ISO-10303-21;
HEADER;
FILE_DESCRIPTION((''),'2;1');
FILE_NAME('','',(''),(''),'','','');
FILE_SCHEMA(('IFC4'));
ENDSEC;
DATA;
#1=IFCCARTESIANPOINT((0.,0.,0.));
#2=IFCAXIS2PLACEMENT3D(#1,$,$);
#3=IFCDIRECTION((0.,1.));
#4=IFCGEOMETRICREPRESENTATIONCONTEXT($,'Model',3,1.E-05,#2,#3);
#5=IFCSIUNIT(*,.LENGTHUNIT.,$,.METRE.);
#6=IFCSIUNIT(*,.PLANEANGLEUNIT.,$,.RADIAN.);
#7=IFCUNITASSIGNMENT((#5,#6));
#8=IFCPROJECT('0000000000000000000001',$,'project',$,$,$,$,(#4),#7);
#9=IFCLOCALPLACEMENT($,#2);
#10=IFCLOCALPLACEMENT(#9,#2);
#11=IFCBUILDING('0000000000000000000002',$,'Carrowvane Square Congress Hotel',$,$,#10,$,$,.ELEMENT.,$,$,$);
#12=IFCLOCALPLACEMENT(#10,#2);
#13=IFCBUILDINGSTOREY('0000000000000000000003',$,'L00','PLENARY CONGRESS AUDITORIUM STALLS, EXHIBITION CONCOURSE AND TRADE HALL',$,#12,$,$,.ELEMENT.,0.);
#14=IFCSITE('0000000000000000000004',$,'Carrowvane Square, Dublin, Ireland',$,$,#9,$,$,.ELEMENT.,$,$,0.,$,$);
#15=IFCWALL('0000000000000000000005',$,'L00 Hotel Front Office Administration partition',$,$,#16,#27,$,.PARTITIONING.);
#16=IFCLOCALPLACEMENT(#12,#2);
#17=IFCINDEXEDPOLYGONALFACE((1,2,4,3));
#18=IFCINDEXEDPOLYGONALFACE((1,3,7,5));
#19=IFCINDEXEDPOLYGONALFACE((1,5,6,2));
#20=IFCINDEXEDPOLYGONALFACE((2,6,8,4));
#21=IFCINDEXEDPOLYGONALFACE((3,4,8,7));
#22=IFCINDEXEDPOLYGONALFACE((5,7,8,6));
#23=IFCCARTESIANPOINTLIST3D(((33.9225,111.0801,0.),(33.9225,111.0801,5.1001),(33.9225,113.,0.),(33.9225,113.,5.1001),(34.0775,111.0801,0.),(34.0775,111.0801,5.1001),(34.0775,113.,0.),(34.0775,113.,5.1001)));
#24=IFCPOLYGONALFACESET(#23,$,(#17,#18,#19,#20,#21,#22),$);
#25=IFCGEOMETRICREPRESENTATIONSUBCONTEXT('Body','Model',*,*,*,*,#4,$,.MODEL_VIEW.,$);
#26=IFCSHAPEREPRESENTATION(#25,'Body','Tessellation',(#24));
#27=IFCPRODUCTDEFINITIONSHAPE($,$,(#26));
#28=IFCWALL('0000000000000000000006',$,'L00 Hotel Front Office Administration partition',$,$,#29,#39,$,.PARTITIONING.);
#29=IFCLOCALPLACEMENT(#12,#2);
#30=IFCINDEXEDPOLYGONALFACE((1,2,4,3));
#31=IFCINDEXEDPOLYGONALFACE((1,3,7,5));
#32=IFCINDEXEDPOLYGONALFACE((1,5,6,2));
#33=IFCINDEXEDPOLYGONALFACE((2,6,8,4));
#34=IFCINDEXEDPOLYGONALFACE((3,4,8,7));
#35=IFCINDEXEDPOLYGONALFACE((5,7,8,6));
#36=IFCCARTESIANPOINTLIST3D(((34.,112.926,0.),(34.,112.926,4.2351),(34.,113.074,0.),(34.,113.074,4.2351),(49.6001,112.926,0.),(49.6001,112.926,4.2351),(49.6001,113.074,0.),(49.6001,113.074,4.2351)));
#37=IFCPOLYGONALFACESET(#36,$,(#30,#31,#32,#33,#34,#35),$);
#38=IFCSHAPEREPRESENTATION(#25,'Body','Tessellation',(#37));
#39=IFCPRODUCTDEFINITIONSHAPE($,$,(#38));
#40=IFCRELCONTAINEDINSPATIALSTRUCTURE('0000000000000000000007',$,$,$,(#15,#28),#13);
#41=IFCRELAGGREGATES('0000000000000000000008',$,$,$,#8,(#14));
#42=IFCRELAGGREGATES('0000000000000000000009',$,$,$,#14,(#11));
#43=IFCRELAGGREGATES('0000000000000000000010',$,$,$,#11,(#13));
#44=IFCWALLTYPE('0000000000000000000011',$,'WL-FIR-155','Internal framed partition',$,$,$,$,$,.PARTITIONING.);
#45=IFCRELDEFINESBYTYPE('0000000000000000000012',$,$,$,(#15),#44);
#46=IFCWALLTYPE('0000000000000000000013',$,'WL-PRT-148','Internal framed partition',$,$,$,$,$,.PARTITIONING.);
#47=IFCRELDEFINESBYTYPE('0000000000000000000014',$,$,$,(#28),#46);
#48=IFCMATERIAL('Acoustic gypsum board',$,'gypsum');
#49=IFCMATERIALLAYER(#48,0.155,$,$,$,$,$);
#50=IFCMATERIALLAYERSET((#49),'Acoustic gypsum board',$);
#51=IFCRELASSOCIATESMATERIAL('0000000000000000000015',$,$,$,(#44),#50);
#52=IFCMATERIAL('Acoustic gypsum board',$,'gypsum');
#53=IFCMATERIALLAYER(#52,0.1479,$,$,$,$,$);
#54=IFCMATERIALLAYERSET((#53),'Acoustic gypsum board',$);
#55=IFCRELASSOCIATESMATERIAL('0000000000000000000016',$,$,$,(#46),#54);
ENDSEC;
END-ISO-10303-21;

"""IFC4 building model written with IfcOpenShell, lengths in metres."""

from ifc_helpers import new_model, si_unit, direction, frame, frame_2d, origin, place, context, subcontext, project, spatial, rectangle, extrude, material, layer, layer_set, type_object, element, save


model = new_model("IFC4")

# Units and contexts
model_context = context("Model", 3, precision=1e-05, world=origin(), true_north=direction((0.0, 1.0)))
body_context = subcontext(model_context, "Body", "Model", "MODEL_VIEW")
ifc_project = project(units=[si_unit("LENGTHUNIT", "METRE"), si_unit("PLANEANGLEUNIT", "RADIAN")], contexts=[model_context])

# Site, building, storey
site_placement = place(None, origin())
site = spatial("IfcSite", under=ifc_project, at=site_placement, Name="Carrowvane Square, Dublin, Ireland", CompositionType="ELEMENT", RefElevation=0.0)
building_placement = place(site_placement, origin())
building = spatial("IfcBuilding", under=site, at=building_placement, Name="Carrowvane Square Congress Hotel", CompositionType="ELEMENT")
storey_placement = place(building_placement, origin())
storey = spatial("IfcBuildingStorey", under=building, at=storey_placement, Name="L00", Description="PLENARY CONGRESS AUDITORIUM STALLS, EXHIBITION CONCOURSE AND TRADE HALL", CompositionType="ELEMENT", Elevation=0.0)

# Walls
ifc_material_1 = material(Name="Acoustic gypsum board", Category="gypsum")
ifc_layer_1 = layer(ifc_material_1, 0.155)
ifc_layer_set_1 = layer_set([ifc_layer_1], Name="Acoustic gypsum board")
wall_type_1 = type_object("IfcWallType", Name="WL-FIR-155", Description="Internal framed partition", PredefinedType="PARTITIONING", material=ifc_layer_set_1)
wall_1_placement = place(storey_placement, frame((34.0, 111.0801, 0.0), z_axis=(0.0, 0.0, 1.0), x_axis=(0.0, 1.0, 0.0)))
element("IfcWall", 1, at=wall_1_placement, inside=storey, type_object=wall_type_1, Name="L00 Hotel Front Office Administration partition", PredefinedType="PARTITIONING", context=body_context, shape_type="SweptSolid", body=[
    extrude(rectangle(XDim=1.9199, YDim=0.155, at=frame_2d((0.96, 0.0))), origin(), (0.0, 0.0, 1.0), 5.1001),
])
ifc_material_2 = material(Name="Acoustic gypsum board", Category="gypsum")
ifc_layer_2 = layer(ifc_material_2, 0.1479)
ifc_layer_set_2 = layer_set([ifc_layer_2], Name="Acoustic gypsum board")
wall_type_2 = type_object("IfcWallType", Name="WL-PRT-148", Description="Internal framed partition", PredefinedType="PARTITIONING", material=ifc_layer_set_2)
wall_2_placement = place(storey_placement, frame((34.0, 113.0, 0.0), z_axis=(0.0, 0.0, 1.0), x_axis=(1.0, 0.0, 0.0)))
element("IfcWall", 2, at=wall_2_placement, inside=storey, type_object=wall_type_2, Name="L00 Hotel Front Office Administration partition", PredefinedType="PARTITIONING", context=body_context, shape_type="SweptSolid", body=[
    extrude(rectangle(XDim=15.6001, YDim=0.1479, at=frame_2d((7.8, 0.0))), origin(), (0.0, 0.0, 1.0), 4.2351),
])

save(model, "model.ifc")
